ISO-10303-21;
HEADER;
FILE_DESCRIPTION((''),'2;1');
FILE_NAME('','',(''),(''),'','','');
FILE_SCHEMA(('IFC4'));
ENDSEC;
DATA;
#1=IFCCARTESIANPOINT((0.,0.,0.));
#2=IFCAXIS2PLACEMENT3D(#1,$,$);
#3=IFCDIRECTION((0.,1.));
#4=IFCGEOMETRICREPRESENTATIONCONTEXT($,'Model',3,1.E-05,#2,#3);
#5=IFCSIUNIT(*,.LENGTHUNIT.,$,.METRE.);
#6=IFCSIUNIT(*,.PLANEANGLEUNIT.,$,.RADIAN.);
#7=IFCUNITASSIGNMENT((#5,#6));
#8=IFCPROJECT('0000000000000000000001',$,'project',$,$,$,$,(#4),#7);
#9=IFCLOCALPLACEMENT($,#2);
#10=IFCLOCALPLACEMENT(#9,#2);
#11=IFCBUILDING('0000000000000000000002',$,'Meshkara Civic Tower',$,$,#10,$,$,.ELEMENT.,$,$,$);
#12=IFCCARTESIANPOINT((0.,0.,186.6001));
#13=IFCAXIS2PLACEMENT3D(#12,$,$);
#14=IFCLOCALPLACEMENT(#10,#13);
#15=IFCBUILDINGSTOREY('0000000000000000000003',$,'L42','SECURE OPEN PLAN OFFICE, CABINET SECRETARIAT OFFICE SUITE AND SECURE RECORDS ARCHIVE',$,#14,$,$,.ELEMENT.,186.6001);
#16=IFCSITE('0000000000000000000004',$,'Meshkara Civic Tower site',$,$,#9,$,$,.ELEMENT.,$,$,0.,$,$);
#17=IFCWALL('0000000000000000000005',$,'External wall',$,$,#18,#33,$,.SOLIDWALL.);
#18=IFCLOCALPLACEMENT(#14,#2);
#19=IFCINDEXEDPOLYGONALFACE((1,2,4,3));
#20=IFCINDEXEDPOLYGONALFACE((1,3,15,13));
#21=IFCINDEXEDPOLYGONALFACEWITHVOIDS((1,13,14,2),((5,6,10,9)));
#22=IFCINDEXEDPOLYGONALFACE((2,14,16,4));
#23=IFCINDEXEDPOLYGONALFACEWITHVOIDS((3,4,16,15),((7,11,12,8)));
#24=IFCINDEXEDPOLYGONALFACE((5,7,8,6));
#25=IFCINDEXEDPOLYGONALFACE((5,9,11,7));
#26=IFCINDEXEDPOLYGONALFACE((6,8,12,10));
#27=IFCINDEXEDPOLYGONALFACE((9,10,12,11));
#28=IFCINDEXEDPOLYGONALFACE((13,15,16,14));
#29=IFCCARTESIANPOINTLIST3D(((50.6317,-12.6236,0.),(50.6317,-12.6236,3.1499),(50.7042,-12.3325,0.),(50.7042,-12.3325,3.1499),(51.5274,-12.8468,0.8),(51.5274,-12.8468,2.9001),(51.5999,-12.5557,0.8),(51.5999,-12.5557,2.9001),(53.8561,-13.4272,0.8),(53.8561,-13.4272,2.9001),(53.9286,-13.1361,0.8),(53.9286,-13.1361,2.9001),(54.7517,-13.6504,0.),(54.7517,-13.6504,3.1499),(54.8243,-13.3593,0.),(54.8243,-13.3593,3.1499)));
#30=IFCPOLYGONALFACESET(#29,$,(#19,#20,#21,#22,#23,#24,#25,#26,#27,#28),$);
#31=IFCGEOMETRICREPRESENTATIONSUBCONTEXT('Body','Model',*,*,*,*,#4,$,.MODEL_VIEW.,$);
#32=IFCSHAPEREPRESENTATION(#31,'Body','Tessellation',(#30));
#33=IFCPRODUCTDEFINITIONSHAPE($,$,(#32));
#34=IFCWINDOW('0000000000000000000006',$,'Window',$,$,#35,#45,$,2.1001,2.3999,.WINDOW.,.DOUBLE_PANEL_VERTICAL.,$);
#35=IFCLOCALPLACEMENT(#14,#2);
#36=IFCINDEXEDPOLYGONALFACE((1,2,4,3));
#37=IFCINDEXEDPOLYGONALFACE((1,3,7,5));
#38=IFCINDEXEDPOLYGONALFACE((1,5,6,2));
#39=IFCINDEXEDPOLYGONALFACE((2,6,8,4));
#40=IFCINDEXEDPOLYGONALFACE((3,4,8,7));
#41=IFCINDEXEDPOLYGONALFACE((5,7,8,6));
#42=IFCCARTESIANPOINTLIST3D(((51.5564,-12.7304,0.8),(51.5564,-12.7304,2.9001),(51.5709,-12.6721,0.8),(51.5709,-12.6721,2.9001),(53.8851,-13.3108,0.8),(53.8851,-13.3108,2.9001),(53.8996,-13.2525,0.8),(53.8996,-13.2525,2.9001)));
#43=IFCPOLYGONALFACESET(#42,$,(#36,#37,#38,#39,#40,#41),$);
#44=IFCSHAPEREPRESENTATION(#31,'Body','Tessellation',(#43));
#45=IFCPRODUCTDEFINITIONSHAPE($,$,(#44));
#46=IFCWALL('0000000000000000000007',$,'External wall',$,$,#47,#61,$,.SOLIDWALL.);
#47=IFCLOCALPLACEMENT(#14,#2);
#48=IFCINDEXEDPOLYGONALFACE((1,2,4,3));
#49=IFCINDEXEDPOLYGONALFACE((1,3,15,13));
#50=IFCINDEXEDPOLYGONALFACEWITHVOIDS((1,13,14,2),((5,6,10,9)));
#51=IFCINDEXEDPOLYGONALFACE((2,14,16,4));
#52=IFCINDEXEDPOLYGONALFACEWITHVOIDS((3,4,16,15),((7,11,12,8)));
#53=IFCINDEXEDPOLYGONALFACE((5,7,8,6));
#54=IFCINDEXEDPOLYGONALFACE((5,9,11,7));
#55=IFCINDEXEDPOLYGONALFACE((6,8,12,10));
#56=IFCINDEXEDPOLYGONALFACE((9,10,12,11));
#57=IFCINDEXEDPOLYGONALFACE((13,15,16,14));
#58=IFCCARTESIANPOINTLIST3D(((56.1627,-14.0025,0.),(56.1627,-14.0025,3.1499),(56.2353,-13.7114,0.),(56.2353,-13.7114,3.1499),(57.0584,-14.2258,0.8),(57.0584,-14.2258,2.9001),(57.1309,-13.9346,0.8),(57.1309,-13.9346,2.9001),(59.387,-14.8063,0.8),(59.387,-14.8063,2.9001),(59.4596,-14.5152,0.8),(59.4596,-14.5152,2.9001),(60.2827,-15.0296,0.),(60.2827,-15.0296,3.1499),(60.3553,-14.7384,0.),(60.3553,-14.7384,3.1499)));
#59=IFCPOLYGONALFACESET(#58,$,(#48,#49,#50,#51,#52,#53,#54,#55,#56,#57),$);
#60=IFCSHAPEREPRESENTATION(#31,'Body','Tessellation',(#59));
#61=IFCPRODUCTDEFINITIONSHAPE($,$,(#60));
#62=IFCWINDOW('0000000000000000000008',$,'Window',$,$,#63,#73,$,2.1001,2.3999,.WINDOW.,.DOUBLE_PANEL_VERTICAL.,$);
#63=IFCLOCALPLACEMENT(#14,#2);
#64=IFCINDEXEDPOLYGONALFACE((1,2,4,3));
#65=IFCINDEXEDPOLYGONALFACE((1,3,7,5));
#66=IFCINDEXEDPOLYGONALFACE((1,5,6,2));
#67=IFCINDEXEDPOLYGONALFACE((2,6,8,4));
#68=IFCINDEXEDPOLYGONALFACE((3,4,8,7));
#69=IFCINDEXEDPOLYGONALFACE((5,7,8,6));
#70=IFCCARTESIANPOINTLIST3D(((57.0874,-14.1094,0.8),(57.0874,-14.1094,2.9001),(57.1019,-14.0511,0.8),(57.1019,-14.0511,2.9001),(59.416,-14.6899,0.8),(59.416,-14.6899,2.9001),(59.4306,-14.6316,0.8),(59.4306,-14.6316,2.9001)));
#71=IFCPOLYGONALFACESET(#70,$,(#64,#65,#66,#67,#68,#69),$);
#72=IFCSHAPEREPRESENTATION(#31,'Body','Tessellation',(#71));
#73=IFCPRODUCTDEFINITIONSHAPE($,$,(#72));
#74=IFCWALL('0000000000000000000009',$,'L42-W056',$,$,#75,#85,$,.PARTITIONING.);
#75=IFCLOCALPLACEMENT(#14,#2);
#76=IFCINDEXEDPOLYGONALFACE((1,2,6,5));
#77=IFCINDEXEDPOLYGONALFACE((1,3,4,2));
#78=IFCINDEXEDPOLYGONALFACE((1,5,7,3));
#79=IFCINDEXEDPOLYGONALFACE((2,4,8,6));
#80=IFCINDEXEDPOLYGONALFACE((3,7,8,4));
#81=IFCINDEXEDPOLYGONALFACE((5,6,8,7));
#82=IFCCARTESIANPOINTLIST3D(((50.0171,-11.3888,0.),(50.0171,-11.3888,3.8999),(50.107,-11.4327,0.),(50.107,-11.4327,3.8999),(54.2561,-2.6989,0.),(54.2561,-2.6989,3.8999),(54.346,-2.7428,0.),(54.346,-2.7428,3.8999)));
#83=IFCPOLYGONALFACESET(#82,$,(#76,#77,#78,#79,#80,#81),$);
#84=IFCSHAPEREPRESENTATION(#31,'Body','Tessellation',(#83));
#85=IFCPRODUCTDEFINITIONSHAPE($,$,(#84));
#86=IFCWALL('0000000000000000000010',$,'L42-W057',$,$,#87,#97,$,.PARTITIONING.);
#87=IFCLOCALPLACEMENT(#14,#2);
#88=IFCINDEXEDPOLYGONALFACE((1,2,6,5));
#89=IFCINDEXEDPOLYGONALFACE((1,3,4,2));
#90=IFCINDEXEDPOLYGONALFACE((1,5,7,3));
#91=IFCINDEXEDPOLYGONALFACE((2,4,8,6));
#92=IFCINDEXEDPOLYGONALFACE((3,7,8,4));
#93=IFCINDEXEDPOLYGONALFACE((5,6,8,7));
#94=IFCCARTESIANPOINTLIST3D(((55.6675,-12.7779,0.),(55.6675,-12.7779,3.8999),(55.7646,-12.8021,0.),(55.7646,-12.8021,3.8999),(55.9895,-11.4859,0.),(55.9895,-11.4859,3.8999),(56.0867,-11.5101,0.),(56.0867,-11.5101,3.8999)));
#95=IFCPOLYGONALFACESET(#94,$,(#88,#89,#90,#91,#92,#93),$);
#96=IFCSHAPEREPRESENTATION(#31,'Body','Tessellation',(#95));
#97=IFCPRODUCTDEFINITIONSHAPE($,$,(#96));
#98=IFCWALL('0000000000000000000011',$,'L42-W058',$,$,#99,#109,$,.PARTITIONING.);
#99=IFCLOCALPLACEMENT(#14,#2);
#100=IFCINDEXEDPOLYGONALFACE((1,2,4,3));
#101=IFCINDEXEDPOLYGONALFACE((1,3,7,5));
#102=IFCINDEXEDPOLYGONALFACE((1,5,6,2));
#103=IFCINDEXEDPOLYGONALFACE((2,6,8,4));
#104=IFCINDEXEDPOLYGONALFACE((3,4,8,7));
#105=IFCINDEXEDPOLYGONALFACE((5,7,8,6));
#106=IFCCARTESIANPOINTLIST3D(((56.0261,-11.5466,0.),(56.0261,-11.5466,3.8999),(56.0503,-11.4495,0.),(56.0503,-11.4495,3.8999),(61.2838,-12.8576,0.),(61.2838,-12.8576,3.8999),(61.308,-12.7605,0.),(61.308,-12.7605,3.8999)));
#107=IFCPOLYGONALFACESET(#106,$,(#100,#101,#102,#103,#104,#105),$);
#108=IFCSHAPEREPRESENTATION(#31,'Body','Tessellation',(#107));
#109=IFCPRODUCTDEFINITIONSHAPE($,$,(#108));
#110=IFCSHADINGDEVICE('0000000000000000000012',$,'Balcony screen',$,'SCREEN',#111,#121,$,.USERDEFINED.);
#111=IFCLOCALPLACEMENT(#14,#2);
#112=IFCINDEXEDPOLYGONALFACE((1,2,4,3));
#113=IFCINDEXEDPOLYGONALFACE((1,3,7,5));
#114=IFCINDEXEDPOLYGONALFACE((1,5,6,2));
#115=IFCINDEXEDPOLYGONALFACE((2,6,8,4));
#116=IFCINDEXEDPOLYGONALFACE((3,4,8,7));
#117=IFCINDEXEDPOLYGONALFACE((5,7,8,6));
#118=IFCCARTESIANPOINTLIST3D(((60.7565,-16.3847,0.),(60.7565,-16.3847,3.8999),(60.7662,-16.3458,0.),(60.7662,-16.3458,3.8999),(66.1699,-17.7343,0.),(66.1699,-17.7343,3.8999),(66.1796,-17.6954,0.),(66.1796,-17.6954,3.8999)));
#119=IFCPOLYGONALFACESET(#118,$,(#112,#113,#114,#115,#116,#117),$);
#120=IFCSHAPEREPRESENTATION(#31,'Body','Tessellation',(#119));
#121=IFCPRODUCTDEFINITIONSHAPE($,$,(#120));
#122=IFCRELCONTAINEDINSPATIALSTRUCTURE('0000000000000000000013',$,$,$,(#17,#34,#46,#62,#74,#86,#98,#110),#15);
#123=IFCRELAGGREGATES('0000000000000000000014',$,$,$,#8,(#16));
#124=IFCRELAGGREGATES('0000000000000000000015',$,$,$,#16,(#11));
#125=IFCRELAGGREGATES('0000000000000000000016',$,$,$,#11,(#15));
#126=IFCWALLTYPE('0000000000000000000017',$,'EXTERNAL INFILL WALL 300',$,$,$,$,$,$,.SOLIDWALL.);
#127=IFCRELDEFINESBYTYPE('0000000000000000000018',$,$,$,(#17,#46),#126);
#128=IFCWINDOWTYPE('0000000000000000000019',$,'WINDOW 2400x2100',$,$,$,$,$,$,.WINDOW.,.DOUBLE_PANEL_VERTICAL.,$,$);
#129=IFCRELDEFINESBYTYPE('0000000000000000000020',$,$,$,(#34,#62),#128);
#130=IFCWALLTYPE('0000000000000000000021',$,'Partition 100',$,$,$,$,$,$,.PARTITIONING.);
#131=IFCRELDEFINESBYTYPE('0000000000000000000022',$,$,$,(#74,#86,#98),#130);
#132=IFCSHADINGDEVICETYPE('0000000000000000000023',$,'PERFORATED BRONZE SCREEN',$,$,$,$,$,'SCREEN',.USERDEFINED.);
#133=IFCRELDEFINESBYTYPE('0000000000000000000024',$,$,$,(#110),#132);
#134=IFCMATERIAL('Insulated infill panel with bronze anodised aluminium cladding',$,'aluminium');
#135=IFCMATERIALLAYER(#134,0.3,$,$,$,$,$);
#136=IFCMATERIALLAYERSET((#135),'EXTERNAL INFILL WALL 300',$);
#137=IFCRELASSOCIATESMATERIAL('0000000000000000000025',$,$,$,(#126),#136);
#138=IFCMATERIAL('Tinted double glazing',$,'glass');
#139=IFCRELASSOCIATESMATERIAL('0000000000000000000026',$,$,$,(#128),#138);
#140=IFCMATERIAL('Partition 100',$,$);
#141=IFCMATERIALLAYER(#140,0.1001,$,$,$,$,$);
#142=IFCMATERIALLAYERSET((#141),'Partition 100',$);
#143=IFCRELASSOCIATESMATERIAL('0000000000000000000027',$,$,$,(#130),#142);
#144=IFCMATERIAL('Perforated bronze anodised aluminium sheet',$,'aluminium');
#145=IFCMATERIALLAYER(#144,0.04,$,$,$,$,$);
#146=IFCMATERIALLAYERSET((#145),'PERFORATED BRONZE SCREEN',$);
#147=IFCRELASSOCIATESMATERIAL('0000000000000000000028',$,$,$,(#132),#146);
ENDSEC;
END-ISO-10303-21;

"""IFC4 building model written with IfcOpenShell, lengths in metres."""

from ifc_helpers import new_model, si_unit, direction, frame, frame_2d, origin, origin_2d, place, context, subcontext, project, spatial, rectangle, extrude, material, layer, layer_set, type_object, element, fill, save


model = new_model("IFC4")

# Units and contexts
model_context = context("Model", 3, precision=1e-05, world=origin(), true_north=direction((0.0, 1.0)))
body_context = subcontext(model_context, "Body", "Model", "MODEL_VIEW")
ifc_project = project(units=[si_unit("LENGTHUNIT", "METRE"), si_unit("PLANEANGLEUNIT", "RADIAN")], contexts=[model_context])

# Site, building, storey
site_placement = place(None, origin())
site = spatial("IfcSite", under=ifc_project, at=site_placement, Name="Meshkara Civic Tower site", CompositionType="ELEMENT", RefElevation=0.0)
building_placement = place(site_placement, origin())
building = spatial("IfcBuilding", under=site, at=building_placement, Name="Meshkara Civic Tower", CompositionType="ELEMENT")
storey_placement = place(building_placement, frame((0.0, 0.0, 186.6001)))
storey = spatial("IfcBuildingStorey", under=building, at=storey_placement, Name="L42", Description="SECURE OPEN PLAN OFFICE, CABINET SECRETARIAT OFFICE SUITE AND SECURE RECORDS ARCHIVE", CompositionType="ELEMENT", Elevation=186.6001)

# Walls, openings, windows
ifc_material_1 = material(Name="Insulated infill panel with bronze anodised aluminium cladding", Category="aluminium")
ifc_layer_1 = layer(ifc_material_1, 0.3)
ifc_layer_set_1 = layer_set([ifc_layer_1], Name="EXTERNAL INFILL WALL 300")
wall_type_1 = type_object("IfcWallType", Name="EXTERNAL INFILL WALL 300", PredefinedType="SOLIDWALL", material=ifc_layer_set_1)
wall_1_placement = place(storey_placement, frame((50.668, -12.478, 0.0), z_axis=(0.0, 0.0, 1.0), x_axis=(0.970318, -0.241832, 0.0)))
wall_1 = element("IfcWall", 1, at=wall_1_placement, inside=storey, type_object=wall_type_1, Name="External wall", PredefinedType="SOLIDWALL", context=body_context, shape_type="SweptSolid", body=[
    extrude(rectangle(XDim=4.2461, YDim=0.3, at=frame_2d((2.123, 0.0))), origin(), (0.0, 0.0, 1.0), 3.1499),
])
opening_1_placement = place(wall_1_placement, frame((0.9231, 0.0, 0.8)))
opening_1 = element("IfcOpeningElement", 2, at=opening_1_placement, cuts=wall_1, PredefinedType="OPENING", context=body_context, shape_type="SweptSolid", body=[
    extrude(rectangle(XDim=2.3999, YDim=2.1001, at=frame_2d((1.2, 1.05))), frame((0.0, 0.1599, 0.0), z_axis=(0.0, -1.0, 0.0), x_axis=(1.0, 0.0, 0.0)), (0.0, 0.0, 1.0), 0.3201),
])
ifc_material_2 = material(Name="Tinted double glazing", Category="glass")
window_type = type_object("IfcWindowType", Name="WINDOW 2400x2100", PartitioningType="DOUBLE_PANEL_VERTICAL", PredefinedType="WINDOW", material=ifc_material_2)
window_1_placement = place(opening_1_placement, origin())
window_1 = element("IfcWindow", 3, at=window_1_placement, inside=storey, type_object=window_type, Name="Window", OverallHeight=2.1001, OverallWidth=2.3999, PartitioningType="DOUBLE_PANEL_VERTICAL", PredefinedType="WINDOW", context=body_context, shape_type="SweptSolid", body=[
    extrude(rectangle(XDim=2.3999, YDim=2.1001, at=frame_2d((1.2, 1.05))), frame((0.0, 0.03, 0.0), z_axis=(0.0, -1.0, 0.0), x_axis=(1.0, 0.0, 0.0)), (0.0, 0.0, 1.0), 0.0601),
])
fill(opening_1, window_1)
wall_2_placement = place(storey_placement, frame((56.199, -13.8569, 0.0), z_axis=(0.0, 0.0, 1.0), x_axis=(0.970305, -0.241886, 0.0)))
wall_2 = element("IfcWall", 4, at=wall_2_placement, inside=storey, type_object=wall_type_1, Name="External wall", PredefinedType="SOLIDWALL", context=body_context, shape_type="SweptSolid", body=[
    extrude(rectangle(XDim=4.2461, YDim=0.3, at=frame_2d((2.123, 0.0))), origin(), (0.0, 0.0, 1.0), 3.1499),
])
opening_2_placement = place(wall_2_placement, frame((0.9231, 0.0, 0.8)))
opening_2 = element("IfcOpeningElement", 5, at=opening_2_placement, cuts=wall_2, PredefinedType="OPENING", context=body_context, shape_type="SweptSolid", body=[
    extrude(rectangle(XDim=2.3999, YDim=2.1001, at=frame_2d((1.2, 1.05))), frame((0.0, 0.1599, 0.0), z_axis=(0.0, -1.0, 0.0), x_axis=(1.0, 0.0, 0.0)), (0.0, 0.0, 1.0), 0.3201),
])
window_2_placement = place(opening_2_placement, origin())
window_2 = element("IfcWindow", 6, at=window_2_placement, inside=storey, type_object=window_type, Name="Window", OverallHeight=2.1001, OverallWidth=2.3999, PartitioningType="DOUBLE_PANEL_VERTICAL", PredefinedType="WINDOW", context=body_context, shape_type="SweptSolid", body=[
    extrude(rectangle(XDim=2.3999, YDim=2.1001, at=frame_2d((1.2, 1.05))), frame((0.0, 0.03, 0.0), z_axis=(0.0, -1.0, 0.0), x_axis=(1.0, 0.0, 0.0)), (0.0, 0.0, 1.0), 0.0601),
])
fill(opening_2, window_2)

# Walls
ifc_material_3 = material(Name="Partition 100")
ifc_layer_2 = layer(ifc_material_3, 0.1001)
ifc_layer_set_2 = layer_set([ifc_layer_2], Name="Partition 100")
wall_type_2 = type_object("IfcWallType", Name="Partition 100", PredefinedType="PARTITIONING", material=ifc_layer_set_2)
wall_3_placement = place(storey_placement, frame((50.062, -11.4109, 0.0), z_axis=(0.0, 0.0, 1.0), x_axis=(0.438425, 0.898768, 0.0)))
element("IfcWall", 7, at=wall_3_placement, inside=storey, type_object=wall_type_2, Name="L42-W056", PredefinedType="PARTITIONING", context=body_context, shape_type="SweptSolid", body=[
    extrude(rectangle(XDim=9.6687, YDim=0.1001, at=frame_2d((4.8345, 0.0))), origin(), (0.0, 0.0, 1.0), 3.8999),
])
wall_4_placement = place(storey_placement, frame((55.7161, -12.79, 0.0), z_axis=(0.0, 0.0, 1.0), x_axis=(0.241845, 0.970315, 0.0)))
element("IfcWall", 8, at=wall_4_placement, inside=storey, type_object=wall_type_2, Name="L42-W057", PredefinedType="PARTITIONING", context=body_context, shape_type="SweptSolid", body=[
    extrude(rectangle(XDim=1.3315, YDim=0.1001, at=frame_2d((0.6658, 0.0))), origin(), (0.0, 0.0, 1.0), 3.8999),
])
wall_5_placement = place(storey_placement, frame((56.0381, -11.498, 0.0), z_axis=(0.0, 0.0, 1.0), x_axis=(0.970291, -0.241942, 0.0)))
element("IfcWall", 9, at=wall_5_placement, inside=storey, type_object=wall_type_2, Name="L42-W058", PredefinedType="PARTITIONING", context=body_context, shape_type="SweptSolid", body=[
    extrude(rectangle(XDim=5.4187, YDim=0.1001, at=frame_2d((2.7095, 0.0))), origin(), (0.0, 0.0, 1.0), 3.8999),
])

# Shading device
ifc_material_4 = material(Name="Perforated bronze anodised aluminium sheet", Category="aluminium")
ifc_layer_3 = layer(ifc_material_4, 0.04)
ifc_layer_set_3 = layer_set([ifc_layer_3], Name="PERFORATED BRONZE SCREEN")
shading_device_type = type_object("IfcShadingDeviceType", Name="PERFORATED BRONZE SCREEN", ElementType="SCREEN", PredefinedType="USERDEFINED", material=ifc_layer_set_3)
shading_device_placement = place(storey_placement, frame((63.468, -17.04, 0.0), z_axis=(0.0, 0.0, 1.0), x_axis=(0.9703, -0.241905, 0.0)))
element("IfcShadingDevice", 10, at=shading_device_placement, inside=storey, type_object=shading_device_type, Name="Balcony screen", ObjectType="SCREEN", PredefinedType="USERDEFINED", context=body_context, shape_type="SweptSolid", body=[
    extrude(rectangle(XDim=5.5791, YDim=0.04, at=origin_2d()), origin(), (0.0, 0.0, 1.0), 3.8999),
])

save(model, "model.ifc")
